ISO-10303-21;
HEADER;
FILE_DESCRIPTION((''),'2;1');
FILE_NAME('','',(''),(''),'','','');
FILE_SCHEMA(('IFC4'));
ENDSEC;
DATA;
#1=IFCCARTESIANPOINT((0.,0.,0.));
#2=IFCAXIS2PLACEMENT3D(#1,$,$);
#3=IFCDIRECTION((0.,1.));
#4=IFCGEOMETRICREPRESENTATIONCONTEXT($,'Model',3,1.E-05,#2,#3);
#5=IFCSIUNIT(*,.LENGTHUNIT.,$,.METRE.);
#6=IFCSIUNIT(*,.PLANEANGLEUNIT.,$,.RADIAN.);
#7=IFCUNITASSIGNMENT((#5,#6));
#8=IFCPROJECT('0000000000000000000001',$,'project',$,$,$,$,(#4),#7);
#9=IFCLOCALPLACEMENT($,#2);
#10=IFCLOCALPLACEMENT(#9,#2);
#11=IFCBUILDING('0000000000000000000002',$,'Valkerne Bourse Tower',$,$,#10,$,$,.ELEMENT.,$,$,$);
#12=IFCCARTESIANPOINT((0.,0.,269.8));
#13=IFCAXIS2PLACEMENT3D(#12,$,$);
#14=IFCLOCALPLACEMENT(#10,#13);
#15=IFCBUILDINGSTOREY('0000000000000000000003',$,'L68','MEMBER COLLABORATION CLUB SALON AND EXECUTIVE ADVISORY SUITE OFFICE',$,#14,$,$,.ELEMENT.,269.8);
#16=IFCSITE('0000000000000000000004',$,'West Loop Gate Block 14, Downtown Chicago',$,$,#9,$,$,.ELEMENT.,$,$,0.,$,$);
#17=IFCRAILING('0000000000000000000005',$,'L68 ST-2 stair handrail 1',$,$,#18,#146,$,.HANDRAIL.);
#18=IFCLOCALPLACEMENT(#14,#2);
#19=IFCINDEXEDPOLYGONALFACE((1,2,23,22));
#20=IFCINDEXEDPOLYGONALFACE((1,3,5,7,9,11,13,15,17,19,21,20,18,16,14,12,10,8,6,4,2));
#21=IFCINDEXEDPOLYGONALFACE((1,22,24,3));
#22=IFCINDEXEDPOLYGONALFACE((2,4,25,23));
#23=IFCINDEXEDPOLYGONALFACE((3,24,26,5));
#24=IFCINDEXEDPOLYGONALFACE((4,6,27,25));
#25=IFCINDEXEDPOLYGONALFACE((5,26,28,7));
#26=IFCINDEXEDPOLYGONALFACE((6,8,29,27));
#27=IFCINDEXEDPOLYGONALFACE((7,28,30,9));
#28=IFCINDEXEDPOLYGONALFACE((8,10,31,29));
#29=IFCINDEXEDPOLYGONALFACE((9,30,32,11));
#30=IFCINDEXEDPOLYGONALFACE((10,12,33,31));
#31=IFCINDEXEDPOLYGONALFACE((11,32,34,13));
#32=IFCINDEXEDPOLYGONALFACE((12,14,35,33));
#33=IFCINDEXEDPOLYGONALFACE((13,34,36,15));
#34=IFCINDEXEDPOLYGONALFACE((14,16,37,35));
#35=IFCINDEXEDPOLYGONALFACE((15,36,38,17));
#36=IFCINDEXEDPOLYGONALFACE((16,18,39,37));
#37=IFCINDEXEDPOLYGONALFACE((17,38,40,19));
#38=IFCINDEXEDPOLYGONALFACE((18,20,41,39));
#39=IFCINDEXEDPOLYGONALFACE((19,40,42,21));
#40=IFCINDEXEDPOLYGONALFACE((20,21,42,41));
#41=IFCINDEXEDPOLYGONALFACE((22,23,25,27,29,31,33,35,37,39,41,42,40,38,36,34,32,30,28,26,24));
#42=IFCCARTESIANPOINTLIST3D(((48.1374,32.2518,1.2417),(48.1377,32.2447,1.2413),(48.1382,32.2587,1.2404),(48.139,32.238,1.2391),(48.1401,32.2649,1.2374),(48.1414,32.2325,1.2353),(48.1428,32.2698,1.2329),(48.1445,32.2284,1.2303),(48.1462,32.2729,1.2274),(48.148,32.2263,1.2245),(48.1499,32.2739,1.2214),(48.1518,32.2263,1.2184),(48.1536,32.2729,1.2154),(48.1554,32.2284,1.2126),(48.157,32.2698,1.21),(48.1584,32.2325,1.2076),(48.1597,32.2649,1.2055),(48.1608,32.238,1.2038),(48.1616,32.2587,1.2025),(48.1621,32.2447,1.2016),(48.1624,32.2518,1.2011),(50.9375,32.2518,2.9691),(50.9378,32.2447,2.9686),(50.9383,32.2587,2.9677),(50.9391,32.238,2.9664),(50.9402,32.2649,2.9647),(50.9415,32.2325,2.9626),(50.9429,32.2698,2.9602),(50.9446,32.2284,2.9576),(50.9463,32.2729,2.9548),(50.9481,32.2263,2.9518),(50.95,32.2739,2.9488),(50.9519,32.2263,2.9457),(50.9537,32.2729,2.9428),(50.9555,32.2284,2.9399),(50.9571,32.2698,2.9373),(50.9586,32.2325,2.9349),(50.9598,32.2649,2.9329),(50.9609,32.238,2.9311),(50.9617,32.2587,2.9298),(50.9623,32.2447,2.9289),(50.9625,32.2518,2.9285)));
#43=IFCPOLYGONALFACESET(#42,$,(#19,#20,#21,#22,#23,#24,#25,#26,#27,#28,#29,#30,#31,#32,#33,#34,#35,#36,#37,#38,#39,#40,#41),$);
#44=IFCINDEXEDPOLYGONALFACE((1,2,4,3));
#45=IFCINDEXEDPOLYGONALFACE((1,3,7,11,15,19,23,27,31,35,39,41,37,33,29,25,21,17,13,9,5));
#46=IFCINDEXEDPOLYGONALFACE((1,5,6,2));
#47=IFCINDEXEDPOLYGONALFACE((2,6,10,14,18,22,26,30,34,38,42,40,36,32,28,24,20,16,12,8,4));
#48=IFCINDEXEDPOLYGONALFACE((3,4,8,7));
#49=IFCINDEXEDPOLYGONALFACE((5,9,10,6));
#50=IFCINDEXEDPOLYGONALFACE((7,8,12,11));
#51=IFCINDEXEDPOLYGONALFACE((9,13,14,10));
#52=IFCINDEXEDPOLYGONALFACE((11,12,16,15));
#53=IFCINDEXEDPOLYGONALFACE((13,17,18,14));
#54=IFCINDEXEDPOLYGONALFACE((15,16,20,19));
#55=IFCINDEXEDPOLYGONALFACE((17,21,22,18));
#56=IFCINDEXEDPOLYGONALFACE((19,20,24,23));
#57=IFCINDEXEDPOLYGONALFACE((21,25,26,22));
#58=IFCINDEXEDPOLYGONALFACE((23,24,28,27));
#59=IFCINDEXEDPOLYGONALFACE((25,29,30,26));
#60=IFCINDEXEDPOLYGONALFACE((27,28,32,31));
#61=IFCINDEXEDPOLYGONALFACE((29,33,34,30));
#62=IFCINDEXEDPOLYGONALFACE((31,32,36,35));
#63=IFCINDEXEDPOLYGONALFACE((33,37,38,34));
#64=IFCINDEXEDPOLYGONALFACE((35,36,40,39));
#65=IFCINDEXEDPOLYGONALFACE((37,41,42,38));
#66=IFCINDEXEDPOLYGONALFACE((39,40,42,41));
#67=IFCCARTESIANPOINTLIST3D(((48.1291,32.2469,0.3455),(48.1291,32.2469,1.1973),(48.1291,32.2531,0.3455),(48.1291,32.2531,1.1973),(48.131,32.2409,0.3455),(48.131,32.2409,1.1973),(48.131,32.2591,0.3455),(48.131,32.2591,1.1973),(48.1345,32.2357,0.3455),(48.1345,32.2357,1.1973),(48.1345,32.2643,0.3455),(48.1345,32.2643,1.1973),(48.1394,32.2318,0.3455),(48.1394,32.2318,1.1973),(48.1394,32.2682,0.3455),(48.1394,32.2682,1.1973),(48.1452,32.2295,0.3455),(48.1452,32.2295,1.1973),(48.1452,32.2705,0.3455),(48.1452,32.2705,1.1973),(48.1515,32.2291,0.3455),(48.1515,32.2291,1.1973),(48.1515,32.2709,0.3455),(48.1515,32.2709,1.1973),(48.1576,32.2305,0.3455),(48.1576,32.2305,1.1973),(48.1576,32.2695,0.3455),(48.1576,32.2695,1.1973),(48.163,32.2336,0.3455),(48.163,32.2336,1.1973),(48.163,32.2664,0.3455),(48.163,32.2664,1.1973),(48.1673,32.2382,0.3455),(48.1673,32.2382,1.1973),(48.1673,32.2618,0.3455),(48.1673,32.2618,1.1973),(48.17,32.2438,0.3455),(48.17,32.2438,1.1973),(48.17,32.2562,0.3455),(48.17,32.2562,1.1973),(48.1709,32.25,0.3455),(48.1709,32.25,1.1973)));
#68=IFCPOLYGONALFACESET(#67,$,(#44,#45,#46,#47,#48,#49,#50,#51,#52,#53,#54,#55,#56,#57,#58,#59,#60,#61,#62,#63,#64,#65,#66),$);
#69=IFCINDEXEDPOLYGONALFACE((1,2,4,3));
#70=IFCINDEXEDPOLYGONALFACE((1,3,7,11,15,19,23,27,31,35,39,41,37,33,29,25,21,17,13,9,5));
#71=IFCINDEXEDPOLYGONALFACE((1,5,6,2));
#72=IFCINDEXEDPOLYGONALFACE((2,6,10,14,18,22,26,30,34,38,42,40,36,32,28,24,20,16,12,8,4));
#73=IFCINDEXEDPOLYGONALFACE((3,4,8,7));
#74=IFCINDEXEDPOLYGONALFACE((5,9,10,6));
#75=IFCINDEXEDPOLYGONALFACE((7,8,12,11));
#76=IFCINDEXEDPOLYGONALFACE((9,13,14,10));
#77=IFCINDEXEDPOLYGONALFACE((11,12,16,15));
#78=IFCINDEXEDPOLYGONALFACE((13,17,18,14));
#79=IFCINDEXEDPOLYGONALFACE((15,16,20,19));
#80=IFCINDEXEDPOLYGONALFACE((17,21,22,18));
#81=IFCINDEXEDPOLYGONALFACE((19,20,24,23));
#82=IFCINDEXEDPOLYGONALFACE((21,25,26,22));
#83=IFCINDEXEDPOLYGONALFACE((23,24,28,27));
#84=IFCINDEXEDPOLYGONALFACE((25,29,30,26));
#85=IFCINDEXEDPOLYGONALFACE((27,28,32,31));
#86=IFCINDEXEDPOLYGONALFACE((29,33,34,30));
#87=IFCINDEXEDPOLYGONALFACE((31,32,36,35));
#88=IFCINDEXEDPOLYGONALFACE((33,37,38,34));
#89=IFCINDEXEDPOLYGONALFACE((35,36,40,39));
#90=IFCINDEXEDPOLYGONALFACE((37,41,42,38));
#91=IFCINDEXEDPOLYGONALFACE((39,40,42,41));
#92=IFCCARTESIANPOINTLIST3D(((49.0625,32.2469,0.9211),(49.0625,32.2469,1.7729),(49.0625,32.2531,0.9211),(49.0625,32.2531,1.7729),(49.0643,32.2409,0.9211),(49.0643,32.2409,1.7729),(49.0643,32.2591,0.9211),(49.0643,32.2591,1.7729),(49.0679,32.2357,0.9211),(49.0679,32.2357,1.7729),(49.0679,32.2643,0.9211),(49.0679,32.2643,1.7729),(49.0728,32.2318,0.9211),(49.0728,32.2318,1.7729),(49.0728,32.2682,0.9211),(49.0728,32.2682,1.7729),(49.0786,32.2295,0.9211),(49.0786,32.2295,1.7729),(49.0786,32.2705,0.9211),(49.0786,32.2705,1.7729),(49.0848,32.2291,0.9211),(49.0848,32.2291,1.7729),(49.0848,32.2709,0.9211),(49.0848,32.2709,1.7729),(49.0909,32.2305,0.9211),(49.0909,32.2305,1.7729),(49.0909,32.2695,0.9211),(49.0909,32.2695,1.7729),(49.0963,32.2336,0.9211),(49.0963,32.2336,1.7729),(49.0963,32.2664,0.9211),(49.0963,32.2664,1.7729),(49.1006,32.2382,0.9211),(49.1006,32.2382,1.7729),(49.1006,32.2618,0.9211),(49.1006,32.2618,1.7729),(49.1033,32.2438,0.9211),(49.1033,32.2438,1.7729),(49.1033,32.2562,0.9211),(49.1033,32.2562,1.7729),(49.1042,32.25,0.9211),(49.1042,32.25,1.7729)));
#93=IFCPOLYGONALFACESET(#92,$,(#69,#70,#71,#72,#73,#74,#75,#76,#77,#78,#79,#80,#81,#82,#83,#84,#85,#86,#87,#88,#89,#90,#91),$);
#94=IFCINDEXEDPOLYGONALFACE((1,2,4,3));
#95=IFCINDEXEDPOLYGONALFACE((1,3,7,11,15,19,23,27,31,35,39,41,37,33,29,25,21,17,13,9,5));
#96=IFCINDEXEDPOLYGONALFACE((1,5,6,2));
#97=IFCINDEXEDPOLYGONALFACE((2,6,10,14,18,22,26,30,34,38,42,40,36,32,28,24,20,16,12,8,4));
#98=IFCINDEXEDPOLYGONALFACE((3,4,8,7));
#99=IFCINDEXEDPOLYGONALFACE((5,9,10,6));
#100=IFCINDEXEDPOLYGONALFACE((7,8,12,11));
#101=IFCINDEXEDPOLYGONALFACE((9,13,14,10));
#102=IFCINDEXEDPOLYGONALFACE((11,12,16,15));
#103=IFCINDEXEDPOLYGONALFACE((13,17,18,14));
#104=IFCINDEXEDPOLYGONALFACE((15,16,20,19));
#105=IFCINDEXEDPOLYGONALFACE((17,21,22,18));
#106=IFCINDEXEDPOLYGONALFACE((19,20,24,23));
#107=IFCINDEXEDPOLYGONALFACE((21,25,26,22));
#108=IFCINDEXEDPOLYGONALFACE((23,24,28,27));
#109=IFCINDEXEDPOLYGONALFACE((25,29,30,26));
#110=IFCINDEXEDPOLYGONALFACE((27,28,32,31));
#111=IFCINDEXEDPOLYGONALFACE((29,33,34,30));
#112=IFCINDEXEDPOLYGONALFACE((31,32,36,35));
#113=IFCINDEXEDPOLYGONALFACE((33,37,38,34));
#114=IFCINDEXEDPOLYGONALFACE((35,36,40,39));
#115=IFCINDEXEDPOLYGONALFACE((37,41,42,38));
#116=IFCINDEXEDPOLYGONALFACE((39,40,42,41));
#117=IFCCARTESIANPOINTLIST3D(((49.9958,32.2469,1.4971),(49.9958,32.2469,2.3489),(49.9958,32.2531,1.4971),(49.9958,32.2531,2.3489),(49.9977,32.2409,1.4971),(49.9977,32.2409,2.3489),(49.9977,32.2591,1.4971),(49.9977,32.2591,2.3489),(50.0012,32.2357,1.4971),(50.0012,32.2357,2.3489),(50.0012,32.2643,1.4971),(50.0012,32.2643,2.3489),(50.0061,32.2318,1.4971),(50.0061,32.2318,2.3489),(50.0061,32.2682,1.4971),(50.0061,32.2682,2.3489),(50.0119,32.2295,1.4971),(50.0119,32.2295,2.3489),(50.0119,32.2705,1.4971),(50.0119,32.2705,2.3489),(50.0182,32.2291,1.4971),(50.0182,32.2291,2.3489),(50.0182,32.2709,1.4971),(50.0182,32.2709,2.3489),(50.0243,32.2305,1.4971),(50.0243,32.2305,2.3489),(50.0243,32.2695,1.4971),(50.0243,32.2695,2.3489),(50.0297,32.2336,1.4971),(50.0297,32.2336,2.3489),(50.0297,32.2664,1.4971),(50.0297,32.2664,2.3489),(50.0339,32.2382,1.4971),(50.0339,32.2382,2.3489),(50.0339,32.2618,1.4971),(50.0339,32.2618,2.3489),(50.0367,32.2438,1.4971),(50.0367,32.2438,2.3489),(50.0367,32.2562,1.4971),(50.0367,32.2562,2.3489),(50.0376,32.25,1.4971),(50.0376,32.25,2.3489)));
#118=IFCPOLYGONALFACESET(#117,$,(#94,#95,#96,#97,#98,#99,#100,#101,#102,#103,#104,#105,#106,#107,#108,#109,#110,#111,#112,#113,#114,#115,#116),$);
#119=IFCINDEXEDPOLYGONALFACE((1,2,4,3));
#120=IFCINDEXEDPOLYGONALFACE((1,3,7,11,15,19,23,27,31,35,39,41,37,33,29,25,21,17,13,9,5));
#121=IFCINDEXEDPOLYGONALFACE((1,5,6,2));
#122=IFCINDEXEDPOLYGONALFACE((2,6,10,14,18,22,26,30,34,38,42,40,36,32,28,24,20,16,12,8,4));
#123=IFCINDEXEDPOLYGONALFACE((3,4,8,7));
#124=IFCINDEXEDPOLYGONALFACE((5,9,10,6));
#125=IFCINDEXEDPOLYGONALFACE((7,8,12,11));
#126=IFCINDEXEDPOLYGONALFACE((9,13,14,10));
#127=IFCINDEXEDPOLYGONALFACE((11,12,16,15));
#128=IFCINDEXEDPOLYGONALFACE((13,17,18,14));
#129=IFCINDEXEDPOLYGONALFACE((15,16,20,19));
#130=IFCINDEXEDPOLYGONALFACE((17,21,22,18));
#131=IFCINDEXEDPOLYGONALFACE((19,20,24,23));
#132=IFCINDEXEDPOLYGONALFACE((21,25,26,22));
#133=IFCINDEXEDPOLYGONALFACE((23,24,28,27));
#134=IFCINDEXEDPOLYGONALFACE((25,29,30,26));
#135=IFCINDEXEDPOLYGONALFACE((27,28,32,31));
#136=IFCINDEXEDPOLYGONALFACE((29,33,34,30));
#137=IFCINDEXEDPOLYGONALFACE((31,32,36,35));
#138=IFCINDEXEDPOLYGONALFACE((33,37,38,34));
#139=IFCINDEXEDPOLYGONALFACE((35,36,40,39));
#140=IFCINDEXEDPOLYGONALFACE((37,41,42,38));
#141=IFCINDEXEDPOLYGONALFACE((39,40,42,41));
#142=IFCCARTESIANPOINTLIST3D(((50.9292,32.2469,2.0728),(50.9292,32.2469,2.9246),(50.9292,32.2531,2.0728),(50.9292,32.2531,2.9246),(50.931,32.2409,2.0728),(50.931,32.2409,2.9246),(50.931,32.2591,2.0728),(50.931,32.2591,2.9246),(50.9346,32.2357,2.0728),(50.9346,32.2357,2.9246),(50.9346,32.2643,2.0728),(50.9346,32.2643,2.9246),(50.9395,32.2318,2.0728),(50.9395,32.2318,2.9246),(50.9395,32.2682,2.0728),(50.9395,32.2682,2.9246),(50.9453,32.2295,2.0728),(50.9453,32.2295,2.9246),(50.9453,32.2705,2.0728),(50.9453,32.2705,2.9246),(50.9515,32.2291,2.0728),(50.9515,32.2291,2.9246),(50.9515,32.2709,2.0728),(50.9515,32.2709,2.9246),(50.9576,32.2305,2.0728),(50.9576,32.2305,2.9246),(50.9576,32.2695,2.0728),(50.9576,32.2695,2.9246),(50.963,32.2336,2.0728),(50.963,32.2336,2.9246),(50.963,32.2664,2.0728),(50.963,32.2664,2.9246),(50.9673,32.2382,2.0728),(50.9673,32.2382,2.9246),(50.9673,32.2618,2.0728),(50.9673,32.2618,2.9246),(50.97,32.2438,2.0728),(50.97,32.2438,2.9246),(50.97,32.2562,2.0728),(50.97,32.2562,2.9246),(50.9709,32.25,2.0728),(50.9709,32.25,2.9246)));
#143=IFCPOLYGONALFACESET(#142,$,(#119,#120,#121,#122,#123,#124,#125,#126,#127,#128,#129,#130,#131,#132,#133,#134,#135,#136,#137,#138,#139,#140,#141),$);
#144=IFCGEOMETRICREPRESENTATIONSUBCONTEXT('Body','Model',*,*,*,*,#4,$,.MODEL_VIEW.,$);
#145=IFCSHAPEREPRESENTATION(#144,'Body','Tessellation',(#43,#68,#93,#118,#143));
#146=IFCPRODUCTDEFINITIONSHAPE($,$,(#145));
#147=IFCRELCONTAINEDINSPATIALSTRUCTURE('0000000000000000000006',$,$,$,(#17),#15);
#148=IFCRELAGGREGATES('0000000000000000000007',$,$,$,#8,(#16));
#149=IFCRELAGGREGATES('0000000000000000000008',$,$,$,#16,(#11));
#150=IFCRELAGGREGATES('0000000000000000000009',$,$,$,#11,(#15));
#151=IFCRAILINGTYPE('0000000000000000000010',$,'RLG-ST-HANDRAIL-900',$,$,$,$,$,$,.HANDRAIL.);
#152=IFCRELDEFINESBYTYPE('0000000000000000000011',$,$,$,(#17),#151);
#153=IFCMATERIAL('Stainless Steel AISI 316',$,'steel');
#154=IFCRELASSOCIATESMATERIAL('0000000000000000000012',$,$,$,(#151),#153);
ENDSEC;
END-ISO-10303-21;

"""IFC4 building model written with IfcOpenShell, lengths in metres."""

from ifc_helpers import new_model, si_unit, direction, frame, origin, origin_2d, place, context, subcontext, project, spatial, circle, extrude, material, type_object, element, save


model = new_model("IFC4")

# Units and contexts
model_context = context("Model", 3, precision=1e-05, world=origin(), true_north=direction((0.0, 1.0)))
body_context = subcontext(model_context, "Body", "Model", "MODEL_VIEW")
ifc_project = project(units=[si_unit("LENGTHUNIT", "METRE"), si_unit("PLANEANGLEUNIT", "RADIAN")], contexts=[model_context])

# Site, building, storey
site_placement = place(None, origin())
site = spatial("IfcSite", under=ifc_project, at=site_placement, Name="West Loop Gate Block 14, Downtown Chicago", CompositionType="ELEMENT", RefElevation=0.0)
building_placement = place(site_placement, origin())
building = spatial("IfcBuilding", under=site, at=building_placement, Name="Valkerne Bourse Tower", CompositionType="ELEMENT")
storey_placement = place(building_placement, frame((0.0, 0.0, 269.8)))
storey = spatial("IfcBuildingStorey", under=building, at=storey_placement, Name="L68", Description="MEMBER COLLABORATION CLUB SALON AND EXECUTIVE ADVISORY SUITE OFFICE", CompositionType="ELEMENT", Elevation=269.8)

# Shared definitions
ifc_material_1 = material(Name="Stainless Steel AISI 316", Category="steel")

# Railing
railing_type_1 = type_object("IfcRailingType", Name="RLG-ST-HANDRAIL-900", PredefinedType="HANDRAIL", material=ifc_material_1)
railing_1_placement = place(storey_placement, frame((48.1499, 32.25, 0.3455)))
element("IfcRailing", 1, at=railing_1_placement, inside=storey, type_object=railing_type_1, Name="L68 ST-2 stair handrail 1", PredefinedType="HANDRAIL", context=body_context, shape_type="SweptSolid", body=[
    extrude(circle(Radius=0.0239, at=origin_2d()), frame((0.0, 0.0, 0.876), z_axis=(0.85109, 0.0, 0.52502), x_axis=(0.0, 1.0, 0.0)), (0.0, 0.0, 1.0), 3.29),
    extrude(circle(Radius=0.021, at=origin_2d()), origin(), (0.0, 0.0, 1.0), 0.8518),
    extrude(circle(Radius=0.021, at=origin_2d()), frame((0.9333, 0.0, 0.5757)), (0.0, 0.0, 1.0), 0.8518),
    extrude(circle(Radius=0.021, at=origin_2d()), frame((1.8667, 0.0, 1.1516)), (0.0, 0.0, 1.0), 0.8518),
    extrude(circle(Radius=0.021, at=origin_2d()), frame((2.8, 0.0, 1.7273)), (0.0, 0.0, 1.0), 0.8518),
])

save(model, "model.ifc")
